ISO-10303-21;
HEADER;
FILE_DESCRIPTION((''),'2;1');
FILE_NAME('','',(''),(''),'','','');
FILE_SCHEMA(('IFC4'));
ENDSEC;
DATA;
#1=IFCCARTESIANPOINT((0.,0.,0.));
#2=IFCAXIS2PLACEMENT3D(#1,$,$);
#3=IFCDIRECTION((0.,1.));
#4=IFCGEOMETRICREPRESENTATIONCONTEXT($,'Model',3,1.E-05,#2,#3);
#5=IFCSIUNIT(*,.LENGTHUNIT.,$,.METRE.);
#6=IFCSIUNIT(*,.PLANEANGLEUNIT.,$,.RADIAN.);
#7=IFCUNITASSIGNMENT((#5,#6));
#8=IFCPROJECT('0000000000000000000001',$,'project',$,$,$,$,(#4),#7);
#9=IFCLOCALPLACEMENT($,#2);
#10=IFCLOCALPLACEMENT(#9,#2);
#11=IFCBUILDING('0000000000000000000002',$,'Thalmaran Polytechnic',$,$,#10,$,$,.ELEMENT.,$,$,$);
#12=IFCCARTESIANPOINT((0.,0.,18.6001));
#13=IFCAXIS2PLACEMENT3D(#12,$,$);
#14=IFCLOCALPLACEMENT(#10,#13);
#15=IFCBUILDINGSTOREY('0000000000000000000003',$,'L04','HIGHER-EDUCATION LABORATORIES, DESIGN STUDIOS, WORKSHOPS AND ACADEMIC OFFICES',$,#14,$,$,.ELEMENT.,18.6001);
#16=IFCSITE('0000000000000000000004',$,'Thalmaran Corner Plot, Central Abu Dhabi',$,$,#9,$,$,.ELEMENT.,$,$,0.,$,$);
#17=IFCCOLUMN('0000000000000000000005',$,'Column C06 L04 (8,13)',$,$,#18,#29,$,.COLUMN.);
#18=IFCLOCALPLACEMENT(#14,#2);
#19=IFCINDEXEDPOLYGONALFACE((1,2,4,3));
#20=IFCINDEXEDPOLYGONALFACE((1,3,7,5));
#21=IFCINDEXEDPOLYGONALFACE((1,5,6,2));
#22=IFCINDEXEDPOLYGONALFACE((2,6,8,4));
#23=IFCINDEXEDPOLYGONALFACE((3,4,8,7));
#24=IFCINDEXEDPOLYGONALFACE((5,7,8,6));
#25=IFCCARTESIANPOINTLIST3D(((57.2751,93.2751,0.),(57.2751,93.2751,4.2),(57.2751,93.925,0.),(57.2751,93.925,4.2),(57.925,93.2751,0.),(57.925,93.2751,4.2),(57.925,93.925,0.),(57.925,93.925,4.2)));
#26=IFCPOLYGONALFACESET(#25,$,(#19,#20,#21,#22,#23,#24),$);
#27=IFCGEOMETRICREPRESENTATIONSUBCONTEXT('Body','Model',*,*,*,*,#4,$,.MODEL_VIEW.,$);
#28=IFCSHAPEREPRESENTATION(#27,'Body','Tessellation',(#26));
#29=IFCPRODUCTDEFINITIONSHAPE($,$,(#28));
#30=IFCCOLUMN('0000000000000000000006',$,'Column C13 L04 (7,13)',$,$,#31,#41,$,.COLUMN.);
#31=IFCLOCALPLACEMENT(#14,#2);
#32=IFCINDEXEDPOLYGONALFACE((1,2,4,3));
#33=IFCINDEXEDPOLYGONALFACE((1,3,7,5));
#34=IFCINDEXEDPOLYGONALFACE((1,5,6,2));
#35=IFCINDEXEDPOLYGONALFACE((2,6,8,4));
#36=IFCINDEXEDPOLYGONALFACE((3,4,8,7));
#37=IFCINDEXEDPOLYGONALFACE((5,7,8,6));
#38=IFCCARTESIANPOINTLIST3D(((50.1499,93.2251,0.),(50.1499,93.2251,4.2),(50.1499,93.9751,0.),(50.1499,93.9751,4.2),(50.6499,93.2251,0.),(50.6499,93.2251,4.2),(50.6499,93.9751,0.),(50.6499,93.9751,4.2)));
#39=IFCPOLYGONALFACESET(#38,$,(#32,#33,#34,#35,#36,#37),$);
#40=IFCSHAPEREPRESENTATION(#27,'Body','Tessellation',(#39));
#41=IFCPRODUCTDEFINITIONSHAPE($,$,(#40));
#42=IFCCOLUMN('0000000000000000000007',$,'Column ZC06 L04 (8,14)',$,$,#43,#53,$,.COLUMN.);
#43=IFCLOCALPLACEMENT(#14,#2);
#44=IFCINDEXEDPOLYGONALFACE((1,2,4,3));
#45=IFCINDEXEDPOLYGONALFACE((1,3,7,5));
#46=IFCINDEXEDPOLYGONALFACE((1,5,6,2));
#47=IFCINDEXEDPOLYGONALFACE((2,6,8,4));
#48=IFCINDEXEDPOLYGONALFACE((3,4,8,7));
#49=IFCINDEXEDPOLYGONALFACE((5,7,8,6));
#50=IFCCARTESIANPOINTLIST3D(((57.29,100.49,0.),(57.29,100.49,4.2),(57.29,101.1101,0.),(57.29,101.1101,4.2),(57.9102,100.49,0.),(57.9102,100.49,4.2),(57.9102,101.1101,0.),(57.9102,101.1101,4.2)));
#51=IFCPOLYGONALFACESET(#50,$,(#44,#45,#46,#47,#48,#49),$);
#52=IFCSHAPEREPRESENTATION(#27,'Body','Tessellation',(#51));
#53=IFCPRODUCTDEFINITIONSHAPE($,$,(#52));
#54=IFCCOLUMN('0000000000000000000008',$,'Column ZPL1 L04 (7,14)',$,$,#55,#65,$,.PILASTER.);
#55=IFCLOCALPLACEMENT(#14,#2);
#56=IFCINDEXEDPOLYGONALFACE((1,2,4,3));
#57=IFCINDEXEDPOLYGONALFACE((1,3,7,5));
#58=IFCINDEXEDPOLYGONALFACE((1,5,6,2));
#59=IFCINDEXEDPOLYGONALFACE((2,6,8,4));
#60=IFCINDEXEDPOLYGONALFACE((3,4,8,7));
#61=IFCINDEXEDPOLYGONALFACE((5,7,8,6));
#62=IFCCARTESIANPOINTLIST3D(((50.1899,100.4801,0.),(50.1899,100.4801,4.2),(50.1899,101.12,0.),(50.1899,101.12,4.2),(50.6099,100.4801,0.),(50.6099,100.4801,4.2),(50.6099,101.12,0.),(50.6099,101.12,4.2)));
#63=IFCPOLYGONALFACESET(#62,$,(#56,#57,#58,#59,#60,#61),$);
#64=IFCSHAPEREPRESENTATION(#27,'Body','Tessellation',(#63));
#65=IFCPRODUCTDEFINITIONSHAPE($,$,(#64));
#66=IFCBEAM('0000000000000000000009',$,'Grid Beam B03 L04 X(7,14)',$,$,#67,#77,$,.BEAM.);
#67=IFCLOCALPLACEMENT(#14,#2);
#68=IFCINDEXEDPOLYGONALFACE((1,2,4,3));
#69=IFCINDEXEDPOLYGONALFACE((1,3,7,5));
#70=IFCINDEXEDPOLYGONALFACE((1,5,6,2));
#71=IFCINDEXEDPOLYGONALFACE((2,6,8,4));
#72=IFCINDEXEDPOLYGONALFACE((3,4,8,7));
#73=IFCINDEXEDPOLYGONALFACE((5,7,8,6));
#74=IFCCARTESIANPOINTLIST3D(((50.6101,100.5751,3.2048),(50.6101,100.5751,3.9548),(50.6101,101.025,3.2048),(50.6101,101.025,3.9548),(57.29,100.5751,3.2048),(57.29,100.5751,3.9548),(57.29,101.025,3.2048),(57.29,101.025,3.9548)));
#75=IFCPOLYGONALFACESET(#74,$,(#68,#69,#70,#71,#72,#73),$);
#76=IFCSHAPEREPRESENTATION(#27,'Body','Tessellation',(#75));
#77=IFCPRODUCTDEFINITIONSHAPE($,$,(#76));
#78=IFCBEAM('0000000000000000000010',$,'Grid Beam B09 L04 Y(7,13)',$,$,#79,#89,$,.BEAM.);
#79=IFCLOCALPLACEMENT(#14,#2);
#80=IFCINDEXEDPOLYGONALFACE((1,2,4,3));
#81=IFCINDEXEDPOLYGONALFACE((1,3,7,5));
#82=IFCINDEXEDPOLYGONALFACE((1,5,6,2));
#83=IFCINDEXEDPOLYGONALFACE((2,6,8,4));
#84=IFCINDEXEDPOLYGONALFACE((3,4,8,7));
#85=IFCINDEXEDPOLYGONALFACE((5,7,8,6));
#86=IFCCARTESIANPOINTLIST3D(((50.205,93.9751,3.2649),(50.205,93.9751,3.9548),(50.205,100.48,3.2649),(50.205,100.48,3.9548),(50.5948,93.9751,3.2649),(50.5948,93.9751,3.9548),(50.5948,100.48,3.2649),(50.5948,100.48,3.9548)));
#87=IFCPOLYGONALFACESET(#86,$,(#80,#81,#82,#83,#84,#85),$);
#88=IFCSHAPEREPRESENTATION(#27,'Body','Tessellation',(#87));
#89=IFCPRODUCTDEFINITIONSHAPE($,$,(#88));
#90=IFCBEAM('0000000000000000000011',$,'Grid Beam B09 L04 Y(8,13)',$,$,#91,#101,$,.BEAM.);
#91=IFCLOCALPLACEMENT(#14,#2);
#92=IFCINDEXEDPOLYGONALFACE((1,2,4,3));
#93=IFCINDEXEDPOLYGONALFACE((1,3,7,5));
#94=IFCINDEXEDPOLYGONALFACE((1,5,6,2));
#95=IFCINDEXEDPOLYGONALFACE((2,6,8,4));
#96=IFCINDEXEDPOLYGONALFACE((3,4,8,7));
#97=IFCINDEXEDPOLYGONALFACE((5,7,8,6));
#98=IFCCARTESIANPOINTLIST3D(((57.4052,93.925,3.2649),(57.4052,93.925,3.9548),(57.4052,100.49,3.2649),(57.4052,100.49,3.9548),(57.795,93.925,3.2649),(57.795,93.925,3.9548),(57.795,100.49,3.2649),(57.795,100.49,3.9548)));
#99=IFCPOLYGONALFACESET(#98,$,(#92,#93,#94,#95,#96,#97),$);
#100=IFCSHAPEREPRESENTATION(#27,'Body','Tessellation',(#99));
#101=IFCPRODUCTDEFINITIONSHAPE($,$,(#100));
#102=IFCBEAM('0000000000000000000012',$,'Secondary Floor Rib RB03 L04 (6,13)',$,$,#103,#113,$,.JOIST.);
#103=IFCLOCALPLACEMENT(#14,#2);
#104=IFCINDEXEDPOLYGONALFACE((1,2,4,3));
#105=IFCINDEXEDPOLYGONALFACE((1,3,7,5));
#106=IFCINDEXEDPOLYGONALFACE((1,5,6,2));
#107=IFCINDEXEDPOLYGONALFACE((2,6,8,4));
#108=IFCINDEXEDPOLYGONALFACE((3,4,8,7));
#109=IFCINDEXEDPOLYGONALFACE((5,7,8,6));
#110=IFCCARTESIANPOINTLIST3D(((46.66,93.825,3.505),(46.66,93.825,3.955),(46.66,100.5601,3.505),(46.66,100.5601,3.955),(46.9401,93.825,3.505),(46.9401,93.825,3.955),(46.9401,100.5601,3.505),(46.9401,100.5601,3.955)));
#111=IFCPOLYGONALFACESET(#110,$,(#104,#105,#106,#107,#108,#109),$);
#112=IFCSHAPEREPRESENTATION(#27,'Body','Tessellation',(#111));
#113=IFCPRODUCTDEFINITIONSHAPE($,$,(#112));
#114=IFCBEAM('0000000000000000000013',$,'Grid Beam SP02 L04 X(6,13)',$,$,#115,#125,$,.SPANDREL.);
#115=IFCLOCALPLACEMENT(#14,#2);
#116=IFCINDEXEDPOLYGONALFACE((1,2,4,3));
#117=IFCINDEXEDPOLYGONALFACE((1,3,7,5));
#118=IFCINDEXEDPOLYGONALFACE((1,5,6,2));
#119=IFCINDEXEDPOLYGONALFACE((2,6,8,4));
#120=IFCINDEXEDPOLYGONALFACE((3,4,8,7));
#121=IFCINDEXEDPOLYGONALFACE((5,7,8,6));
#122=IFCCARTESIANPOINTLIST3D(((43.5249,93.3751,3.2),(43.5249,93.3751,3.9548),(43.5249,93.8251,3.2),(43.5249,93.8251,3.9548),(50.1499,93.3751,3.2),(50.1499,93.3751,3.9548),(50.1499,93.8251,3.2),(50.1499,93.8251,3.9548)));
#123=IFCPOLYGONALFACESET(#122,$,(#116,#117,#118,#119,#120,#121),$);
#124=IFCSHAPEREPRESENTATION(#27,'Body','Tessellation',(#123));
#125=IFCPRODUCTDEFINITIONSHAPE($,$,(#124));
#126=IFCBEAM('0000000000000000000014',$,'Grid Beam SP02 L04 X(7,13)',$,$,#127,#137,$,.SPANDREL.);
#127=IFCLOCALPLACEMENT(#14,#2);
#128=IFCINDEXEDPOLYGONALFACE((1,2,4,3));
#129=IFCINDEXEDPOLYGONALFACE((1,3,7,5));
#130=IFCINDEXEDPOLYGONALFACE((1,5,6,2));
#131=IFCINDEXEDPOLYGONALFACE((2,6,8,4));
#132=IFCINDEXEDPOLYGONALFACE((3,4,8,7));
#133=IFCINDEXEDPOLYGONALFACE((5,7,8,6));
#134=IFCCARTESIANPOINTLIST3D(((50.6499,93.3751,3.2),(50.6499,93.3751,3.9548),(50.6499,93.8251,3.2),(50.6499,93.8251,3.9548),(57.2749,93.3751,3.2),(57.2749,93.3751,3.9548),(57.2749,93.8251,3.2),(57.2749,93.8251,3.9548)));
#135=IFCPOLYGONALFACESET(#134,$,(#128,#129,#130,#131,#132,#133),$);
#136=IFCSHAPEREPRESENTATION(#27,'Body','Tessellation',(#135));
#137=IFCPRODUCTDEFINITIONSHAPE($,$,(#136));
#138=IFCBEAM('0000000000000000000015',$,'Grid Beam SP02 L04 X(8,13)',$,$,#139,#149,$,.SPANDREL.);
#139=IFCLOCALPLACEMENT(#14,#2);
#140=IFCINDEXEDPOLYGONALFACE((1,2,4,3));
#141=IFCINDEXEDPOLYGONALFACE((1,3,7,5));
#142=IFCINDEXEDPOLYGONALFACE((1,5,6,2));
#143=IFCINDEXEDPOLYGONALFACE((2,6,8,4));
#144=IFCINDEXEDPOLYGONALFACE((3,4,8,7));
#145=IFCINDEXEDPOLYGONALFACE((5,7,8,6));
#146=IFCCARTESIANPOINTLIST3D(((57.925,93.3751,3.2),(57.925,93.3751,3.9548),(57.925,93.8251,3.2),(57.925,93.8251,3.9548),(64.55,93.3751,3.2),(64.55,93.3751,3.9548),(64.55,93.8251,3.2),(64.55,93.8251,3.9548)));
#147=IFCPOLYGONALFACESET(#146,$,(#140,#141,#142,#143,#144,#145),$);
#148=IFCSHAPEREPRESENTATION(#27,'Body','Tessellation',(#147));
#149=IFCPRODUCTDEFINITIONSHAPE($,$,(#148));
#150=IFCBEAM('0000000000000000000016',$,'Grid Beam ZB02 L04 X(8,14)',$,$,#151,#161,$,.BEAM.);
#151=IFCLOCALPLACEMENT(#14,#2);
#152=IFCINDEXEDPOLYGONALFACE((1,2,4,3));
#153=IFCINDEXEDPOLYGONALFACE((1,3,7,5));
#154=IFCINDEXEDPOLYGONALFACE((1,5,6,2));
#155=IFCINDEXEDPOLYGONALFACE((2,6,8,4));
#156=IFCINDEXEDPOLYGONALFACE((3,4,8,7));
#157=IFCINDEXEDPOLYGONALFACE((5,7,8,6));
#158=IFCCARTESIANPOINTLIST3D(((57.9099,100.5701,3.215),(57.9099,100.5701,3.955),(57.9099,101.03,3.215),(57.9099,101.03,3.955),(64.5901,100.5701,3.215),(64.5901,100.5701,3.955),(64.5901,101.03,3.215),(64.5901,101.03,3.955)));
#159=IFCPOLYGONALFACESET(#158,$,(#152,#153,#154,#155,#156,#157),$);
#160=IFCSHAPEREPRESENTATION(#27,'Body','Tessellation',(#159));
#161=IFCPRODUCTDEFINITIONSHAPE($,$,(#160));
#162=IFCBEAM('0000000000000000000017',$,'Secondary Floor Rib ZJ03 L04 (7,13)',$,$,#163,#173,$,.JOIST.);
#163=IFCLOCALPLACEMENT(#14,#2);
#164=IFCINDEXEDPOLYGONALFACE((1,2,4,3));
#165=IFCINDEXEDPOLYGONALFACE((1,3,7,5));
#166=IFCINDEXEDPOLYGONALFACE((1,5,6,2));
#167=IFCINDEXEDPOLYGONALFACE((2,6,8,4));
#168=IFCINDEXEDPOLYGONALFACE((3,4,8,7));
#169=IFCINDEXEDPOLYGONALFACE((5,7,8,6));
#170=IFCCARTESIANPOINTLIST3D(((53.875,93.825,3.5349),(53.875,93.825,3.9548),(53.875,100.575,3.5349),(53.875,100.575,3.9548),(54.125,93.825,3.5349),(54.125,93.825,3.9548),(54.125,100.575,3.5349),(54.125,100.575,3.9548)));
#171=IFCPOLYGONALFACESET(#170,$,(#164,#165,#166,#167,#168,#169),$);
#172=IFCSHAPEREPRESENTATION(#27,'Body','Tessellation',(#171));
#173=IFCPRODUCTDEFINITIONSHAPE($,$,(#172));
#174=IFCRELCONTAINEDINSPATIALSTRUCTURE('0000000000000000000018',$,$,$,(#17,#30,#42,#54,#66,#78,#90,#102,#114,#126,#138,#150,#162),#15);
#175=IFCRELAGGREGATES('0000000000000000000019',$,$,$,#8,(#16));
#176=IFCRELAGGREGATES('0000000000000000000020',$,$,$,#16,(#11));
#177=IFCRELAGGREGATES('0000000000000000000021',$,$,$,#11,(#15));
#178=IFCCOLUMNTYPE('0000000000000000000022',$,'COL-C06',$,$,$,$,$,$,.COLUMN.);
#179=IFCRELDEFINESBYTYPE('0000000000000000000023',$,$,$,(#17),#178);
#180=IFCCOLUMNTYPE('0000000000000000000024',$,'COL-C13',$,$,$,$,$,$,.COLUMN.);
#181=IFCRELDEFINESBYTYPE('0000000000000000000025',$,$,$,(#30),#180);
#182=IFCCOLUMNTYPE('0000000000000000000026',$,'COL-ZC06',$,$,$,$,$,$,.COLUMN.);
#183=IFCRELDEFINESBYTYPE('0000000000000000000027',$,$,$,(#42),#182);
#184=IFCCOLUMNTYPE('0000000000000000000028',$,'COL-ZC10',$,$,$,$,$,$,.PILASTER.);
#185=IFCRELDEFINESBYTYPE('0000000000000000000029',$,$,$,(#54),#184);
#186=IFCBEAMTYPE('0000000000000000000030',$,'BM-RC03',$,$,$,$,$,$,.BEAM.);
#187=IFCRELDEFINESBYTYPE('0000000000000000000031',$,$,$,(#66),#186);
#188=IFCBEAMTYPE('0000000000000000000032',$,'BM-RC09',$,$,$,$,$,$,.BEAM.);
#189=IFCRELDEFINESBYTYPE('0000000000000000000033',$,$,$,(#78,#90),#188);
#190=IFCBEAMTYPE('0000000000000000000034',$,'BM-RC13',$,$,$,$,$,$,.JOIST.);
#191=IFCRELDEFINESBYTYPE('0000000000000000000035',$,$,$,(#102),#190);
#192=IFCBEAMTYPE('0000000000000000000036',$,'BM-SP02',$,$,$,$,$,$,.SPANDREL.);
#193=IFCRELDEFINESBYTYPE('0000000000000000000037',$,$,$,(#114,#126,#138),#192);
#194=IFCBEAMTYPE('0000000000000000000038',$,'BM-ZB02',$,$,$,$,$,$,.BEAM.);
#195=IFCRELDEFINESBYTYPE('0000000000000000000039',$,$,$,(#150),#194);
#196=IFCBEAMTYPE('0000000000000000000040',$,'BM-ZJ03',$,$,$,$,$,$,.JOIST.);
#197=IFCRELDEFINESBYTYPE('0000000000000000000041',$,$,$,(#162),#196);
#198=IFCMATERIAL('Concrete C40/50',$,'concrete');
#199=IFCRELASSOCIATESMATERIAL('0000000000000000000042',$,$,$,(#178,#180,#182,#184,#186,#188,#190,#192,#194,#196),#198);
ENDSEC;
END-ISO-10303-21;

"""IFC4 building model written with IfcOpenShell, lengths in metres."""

from ifc_helpers import new_model, si_unit, direction, frame, origin, origin_2d, place, context, subcontext, project, spatial, rectangle, extrude, material, material_profile, profile_set, type_object, element, save


model = new_model("IFC4")

# Units and contexts
model_context = context("Model", 3, precision=1e-05, world=origin(), true_north=direction((0.0, 1.0)))
body_context = subcontext(model_context, "Body", "Model", "MODEL_VIEW")
ifc_project = project(units=[si_unit("LENGTHUNIT", "METRE"), si_unit("PLANEANGLEUNIT", "RADIAN")], contexts=[model_context])

# Site, building, storey
site_placement = place(None, origin())
site = spatial("IfcSite", under=ifc_project, at=site_placement, Name="Thalmaran Corner Plot, Central Abu Dhabi", CompositionType="ELEMENT", RefElevation=0.0)
building_placement = place(site_placement, origin())
building = spatial("IfcBuilding", under=site, at=building_placement, Name="Thalmaran Polytechnic", CompositionType="ELEMENT")
storey_placement = place(building_placement, frame((0.0, 0.0, 18.6001)))
storey = spatial("IfcBuildingStorey", under=building, at=storey_placement, Name="L04", Description="HIGHER-EDUCATION LABORATORIES, DESIGN STUDIOS, WORKSHOPS AND ACADEMIC OFFICES", CompositionType="ELEMENT", Elevation=18.6001)

# Columns
ifc_material_1 = material(Name="Concrete C40/50", Category="concrete")
ifc_material_profile_1 = material_profile(ifc_material_1, rectangle(XDim=0.6499, YDim=0.6499, at=origin_2d()), Name="RC 650x650")
ifc_profile_set_1 = profile_set([ifc_material_profile_1], Name="Concrete C40/50")
column_type_1 = type_object("IfcColumnType", Name="COL-C06", PredefinedType="COLUMN", material=ifc_profile_set_1)
column_1_placement = place(storey_placement, frame((57.6001, 93.6001, 0.0), z_axis=(0.0, 0.0, 1.0), x_axis=(1.0, 0.0, 0.0)))
element("IfcColumn", 1, at=column_1_placement, inside=storey, type_object=column_type_1, Name="Column C06 L04 (8,13)", PredefinedType="COLUMN", context=body_context, shape_type="SweptSolid", body=[
    extrude(rectangle(XDim=0.6499, YDim=0.6499, at=origin_2d()), origin(), (0.0, 0.0, 1.0), 4.2),
])
ifc_material_profile_2 = material_profile(ifc_material_1, rectangle(XDim=0.5, YDim=0.75, at=origin_2d()), Name="RC 500x750")
ifc_profile_set_2 = profile_set([ifc_material_profile_2], Name="Concrete C40/50")
column_type_2 = type_object("IfcColumnType", Name="COL-C13", PredefinedType="COLUMN", material=ifc_profile_set_2)
column_2_placement = place(storey_placement, frame((50.3999, 93.6001, 0.0), z_axis=(0.0, 0.0, 1.0), x_axis=(1.0, 0.0, 0.0)))
element("IfcColumn", 2, at=column_2_placement, inside=storey, type_object=column_type_2, Name="Column C13 L04 (7,13)", PredefinedType="COLUMN", context=body_context, shape_type="SweptSolid", body=[
    extrude(rectangle(XDim=0.5, YDim=0.75, at=origin_2d()), origin(), (0.0, 0.0, 1.0), 4.2),
])
ifc_material_profile_3 = material_profile(ifc_material_1, rectangle(XDim=0.6201, YDim=0.6201, at=origin_2d()), Name="RC 620x620")
ifc_profile_set_3 = profile_set([ifc_material_profile_3], Name="Concrete C40/50")
column_type_3 = type_object("IfcColumnType", Name="COL-ZC06", PredefinedType="COLUMN", material=ifc_profile_set_3)
column_3_placement = place(storey_placement, frame((57.6001, 100.8, 0.0), z_axis=(0.0, 0.0, 1.0), x_axis=(1.0, 0.0, 0.0)))
element("IfcColumn", 3, at=column_3_placement, inside=storey, type_object=column_type_3, Name="Column ZC06 L04 (8,14)", PredefinedType="COLUMN", context=body_context, shape_type="SweptSolid", body=[
    extrude(rectangle(XDim=0.6201, YDim=0.6201, at=origin_2d()), origin(), (0.0, 0.0, 1.0), 4.2),
])
ifc_material_profile_4 = material_profile(ifc_material_1, rectangle(XDim=0.4199, YDim=0.6399, at=origin_2d()), Name="RC 420x640")
ifc_profile_set_4 = profile_set([ifc_material_profile_4], Name="Concrete C40/50")
column_type_4 = type_object("IfcColumnType", Name="COL-ZC10", PredefinedType="PILASTER", material=ifc_profile_set_4)
column_4_placement = place(storey_placement, frame((50.3999, 100.8, 0.0), z_axis=(0.0, 0.0, 1.0), x_axis=(1.0, 0.0, 0.0)))
element("IfcColumn", 4, at=column_4_placement, inside=storey, type_object=column_type_4, Name="Column ZPL1 L04 (7,14)", PredefinedType="PILASTER", context=body_context, shape_type="SweptSolid", body=[
    extrude(rectangle(XDim=0.4199, YDim=0.6399, at=origin_2d()), origin(), (0.0, 0.0, 1.0), 4.2),
])

# Beams
ifc_material_profile_5 = material_profile(ifc_material_1, rectangle(XDim=0.45, YDim=0.75, at=origin_2d()), Name="RC 450x750")
ifc_profile_set_5 = profile_set([ifc_material_profile_5], Name="Concrete C40/50")
beam_type_1 = type_object("IfcBeamType", Name="BM-RC03", PredefinedType="BEAM", material=ifc_profile_set_5)
beam_1_placement = place(storey_placement, frame((50.6101, 100.8, 3.5798), z_axis=(1.0, 0.0, 0.0), x_axis=(0.0, 1.0, 0.0)))
element("IfcBeam", 5, at=beam_1_placement, inside=storey, type_object=beam_type_1, Name="Grid Beam B03 L04 X(7,14)", PredefinedType="BEAM", context=body_context, shape_type="SweptSolid", body=[
    extrude(rectangle(XDim=0.45, YDim=0.75, at=origin_2d()), origin(), (0.0, 0.0, 1.0), 6.6799),
])
ifc_material_profile_6 = material_profile(ifc_material_1, rectangle(XDim=0.3899, YDim=0.6899, at=origin_2d()), Name="RC 390x690")
ifc_profile_set_6 = profile_set([ifc_material_profile_6], Name="Concrete C40/50")
beam_type_2 = type_object("IfcBeamType", Name="BM-RC09", PredefinedType="BEAM", material=ifc_profile_set_6)
beam_2_placement = place(storey_placement, frame((50.3999, 93.9751, 3.6099), z_axis=(0.0, 1.0, 0.0), x_axis=(-1.0, 0.0, 0.0)))
element("IfcBeam", 6, at=beam_2_placement, inside=storey, type_object=beam_type_2, Name="Grid Beam B09 L04 Y(7,13)", PredefinedType="BEAM", context=body_context, shape_type="SweptSolid", body=[
    extrude(rectangle(XDim=0.3899, YDim=0.6899, at=origin_2d()), origin(), (0.0, 0.0, 1.0), 6.5049),
])
beam_3_placement = place(storey_placement, frame((57.6001, 93.925, 3.6099), z_axis=(0.0, 1.0, 0.0), x_axis=(-1.0, 0.0, 0.0)))
element("IfcBeam", 7, at=beam_3_placement, inside=storey, type_object=beam_type_2, Name="Grid Beam B09 L04 Y(8,13)", PredefinedType="BEAM", context=body_context, shape_type="SweptSolid", body=[
    extrude(rectangle(XDim=0.3899, YDim=0.6899, at=origin_2d()), origin(), (0.0, 0.0, 1.0), 6.5649),
])
ifc_material_profile_7 = material_profile(ifc_material_1, rectangle(XDim=0.28, YDim=0.45, at=origin_2d()), Name="RC 280x450")
ifc_profile_set_7 = profile_set([ifc_material_profile_7], Name="Concrete C40/50")
beam_type_3 = type_object("IfcBeamType", Name="BM-RC13", PredefinedType="JOIST", material=ifc_profile_set_7)
beam_4_placement = place(storey_placement, frame((46.8, 93.825, 3.73), z_axis=(0.0, 1.0, 0.0), x_axis=(-1.0, 0.0, 0.0)))
element("IfcBeam", 8, at=beam_4_placement, inside=storey, type_object=beam_type_3, Name="Secondary Floor Rib RB03 L04 (6,13)", PredefinedType="JOIST", context=body_context, shape_type="SweptSolid", body=[
    extrude(rectangle(XDim=0.28, YDim=0.45, at=origin_2d()), origin(), (0.0, 0.0, 1.0), 6.7351),
])
ifc_material_profile_8 = material_profile(ifc_material_1, rectangle(XDim=0.45, YDim=0.7549, at=origin_2d()), Name="RC 450x755")
ifc_profile_set_8 = profile_set([ifc_material_profile_8], Name="Concrete C40/50")
beam_type_4 = type_object("IfcBeamType", Name="BM-SP02", PredefinedType="SPANDREL", material=ifc_profile_set_8)
for number, where, z_axis, x_axis, name in (
    (9, (43.5249, 93.6001, 3.5774), (1.0, 0.0, 0.0), (0.0, 1.0, 0.0), "Grid Beam SP02 L04 X(6,13)"),
    (10, (50.6499, 93.6001, 3.5774), (1.0, 0.0, 0.0), (0.0, 1.0, 0.0), "Grid Beam SP02 L04 X(7,13)"),
    (11, (57.925, 93.6001, 3.5774), (1.0, 0.0, 0.0), (0.0, 1.0, 0.0), "Grid Beam SP02 L04 X(8,13)"),
):
    element("IfcBeam", number, at=place(storey_placement, frame(where, z_axis=z_axis, x_axis=x_axis)), inside=storey, type_object=beam_type_4, Name=name, PredefinedType="SPANDREL", context=body_context, shape_type="SweptSolid", body=[
        extrude(rectangle(XDim=0.45, YDim=0.7549, at=origin_2d()), origin(), (0.0, 0.0, 1.0), 6.625),
    ])
ifc_material_profile_9 = material_profile(ifc_material_1, rectangle(XDim=0.46, YDim=0.74, at=origin_2d()), Name="RC 460x740")
ifc_profile_set_9 = profile_set([ifc_material_profile_9], Name="Concrete C40/50")
beam_type_5 = type_object("IfcBeamType", Name="BM-ZB02", PredefinedType="BEAM", material=ifc_profile_set_9)
beam_5_placement = place(storey_placement, frame((57.9099, 100.8, 3.585), z_axis=(1.0, 0.0, 0.0), x_axis=(0.0, 1.0, 0.0)))
element("IfcBeam", 12, at=beam_5_placement, inside=storey, type_object=beam_type_5, Name="Grid Beam ZB02 L04 X(8,14)", PredefinedType="BEAM", context=body_context, shape_type="SweptSolid", body=[
    extrude(rectangle(XDim=0.46, YDim=0.74, at=origin_2d()), origin(), (0.0, 0.0, 1.0), 6.6802),
])
ifc_material_profile_10 = material_profile(ifc_material_1, rectangle(XDim=0.25, YDim=0.4199, at=origin_2d()), Name="RC 250x420")
ifc_profile_set_10 = profile_set([ifc_material_profile_10], Name="Concrete C40/50")
beam_type_6 = type_object("IfcBeamType", Name="BM-ZJ03", PredefinedType="JOIST", material=ifc_profile_set_10)
beam_6_placement = place(storey_placement, frame((54.0, 93.825, 3.7449), z_axis=(0.0, 1.0, 0.0), x_axis=(-1.0, 0.0, 0.0)))
element("IfcBeam", 13, at=beam_6_placement, inside=storey, type_object=beam_type_6, Name="Secondary Floor Rib ZJ03 L04 (7,13)", PredefinedType="JOIST", context=body_context, shape_type="SweptSolid", body=[
    extrude(rectangle(XDim=0.25, YDim=0.4199, at=origin_2d()), origin(), (0.0, 0.0, 1.0), 6.75),
])

save(model, "model.ifc")
